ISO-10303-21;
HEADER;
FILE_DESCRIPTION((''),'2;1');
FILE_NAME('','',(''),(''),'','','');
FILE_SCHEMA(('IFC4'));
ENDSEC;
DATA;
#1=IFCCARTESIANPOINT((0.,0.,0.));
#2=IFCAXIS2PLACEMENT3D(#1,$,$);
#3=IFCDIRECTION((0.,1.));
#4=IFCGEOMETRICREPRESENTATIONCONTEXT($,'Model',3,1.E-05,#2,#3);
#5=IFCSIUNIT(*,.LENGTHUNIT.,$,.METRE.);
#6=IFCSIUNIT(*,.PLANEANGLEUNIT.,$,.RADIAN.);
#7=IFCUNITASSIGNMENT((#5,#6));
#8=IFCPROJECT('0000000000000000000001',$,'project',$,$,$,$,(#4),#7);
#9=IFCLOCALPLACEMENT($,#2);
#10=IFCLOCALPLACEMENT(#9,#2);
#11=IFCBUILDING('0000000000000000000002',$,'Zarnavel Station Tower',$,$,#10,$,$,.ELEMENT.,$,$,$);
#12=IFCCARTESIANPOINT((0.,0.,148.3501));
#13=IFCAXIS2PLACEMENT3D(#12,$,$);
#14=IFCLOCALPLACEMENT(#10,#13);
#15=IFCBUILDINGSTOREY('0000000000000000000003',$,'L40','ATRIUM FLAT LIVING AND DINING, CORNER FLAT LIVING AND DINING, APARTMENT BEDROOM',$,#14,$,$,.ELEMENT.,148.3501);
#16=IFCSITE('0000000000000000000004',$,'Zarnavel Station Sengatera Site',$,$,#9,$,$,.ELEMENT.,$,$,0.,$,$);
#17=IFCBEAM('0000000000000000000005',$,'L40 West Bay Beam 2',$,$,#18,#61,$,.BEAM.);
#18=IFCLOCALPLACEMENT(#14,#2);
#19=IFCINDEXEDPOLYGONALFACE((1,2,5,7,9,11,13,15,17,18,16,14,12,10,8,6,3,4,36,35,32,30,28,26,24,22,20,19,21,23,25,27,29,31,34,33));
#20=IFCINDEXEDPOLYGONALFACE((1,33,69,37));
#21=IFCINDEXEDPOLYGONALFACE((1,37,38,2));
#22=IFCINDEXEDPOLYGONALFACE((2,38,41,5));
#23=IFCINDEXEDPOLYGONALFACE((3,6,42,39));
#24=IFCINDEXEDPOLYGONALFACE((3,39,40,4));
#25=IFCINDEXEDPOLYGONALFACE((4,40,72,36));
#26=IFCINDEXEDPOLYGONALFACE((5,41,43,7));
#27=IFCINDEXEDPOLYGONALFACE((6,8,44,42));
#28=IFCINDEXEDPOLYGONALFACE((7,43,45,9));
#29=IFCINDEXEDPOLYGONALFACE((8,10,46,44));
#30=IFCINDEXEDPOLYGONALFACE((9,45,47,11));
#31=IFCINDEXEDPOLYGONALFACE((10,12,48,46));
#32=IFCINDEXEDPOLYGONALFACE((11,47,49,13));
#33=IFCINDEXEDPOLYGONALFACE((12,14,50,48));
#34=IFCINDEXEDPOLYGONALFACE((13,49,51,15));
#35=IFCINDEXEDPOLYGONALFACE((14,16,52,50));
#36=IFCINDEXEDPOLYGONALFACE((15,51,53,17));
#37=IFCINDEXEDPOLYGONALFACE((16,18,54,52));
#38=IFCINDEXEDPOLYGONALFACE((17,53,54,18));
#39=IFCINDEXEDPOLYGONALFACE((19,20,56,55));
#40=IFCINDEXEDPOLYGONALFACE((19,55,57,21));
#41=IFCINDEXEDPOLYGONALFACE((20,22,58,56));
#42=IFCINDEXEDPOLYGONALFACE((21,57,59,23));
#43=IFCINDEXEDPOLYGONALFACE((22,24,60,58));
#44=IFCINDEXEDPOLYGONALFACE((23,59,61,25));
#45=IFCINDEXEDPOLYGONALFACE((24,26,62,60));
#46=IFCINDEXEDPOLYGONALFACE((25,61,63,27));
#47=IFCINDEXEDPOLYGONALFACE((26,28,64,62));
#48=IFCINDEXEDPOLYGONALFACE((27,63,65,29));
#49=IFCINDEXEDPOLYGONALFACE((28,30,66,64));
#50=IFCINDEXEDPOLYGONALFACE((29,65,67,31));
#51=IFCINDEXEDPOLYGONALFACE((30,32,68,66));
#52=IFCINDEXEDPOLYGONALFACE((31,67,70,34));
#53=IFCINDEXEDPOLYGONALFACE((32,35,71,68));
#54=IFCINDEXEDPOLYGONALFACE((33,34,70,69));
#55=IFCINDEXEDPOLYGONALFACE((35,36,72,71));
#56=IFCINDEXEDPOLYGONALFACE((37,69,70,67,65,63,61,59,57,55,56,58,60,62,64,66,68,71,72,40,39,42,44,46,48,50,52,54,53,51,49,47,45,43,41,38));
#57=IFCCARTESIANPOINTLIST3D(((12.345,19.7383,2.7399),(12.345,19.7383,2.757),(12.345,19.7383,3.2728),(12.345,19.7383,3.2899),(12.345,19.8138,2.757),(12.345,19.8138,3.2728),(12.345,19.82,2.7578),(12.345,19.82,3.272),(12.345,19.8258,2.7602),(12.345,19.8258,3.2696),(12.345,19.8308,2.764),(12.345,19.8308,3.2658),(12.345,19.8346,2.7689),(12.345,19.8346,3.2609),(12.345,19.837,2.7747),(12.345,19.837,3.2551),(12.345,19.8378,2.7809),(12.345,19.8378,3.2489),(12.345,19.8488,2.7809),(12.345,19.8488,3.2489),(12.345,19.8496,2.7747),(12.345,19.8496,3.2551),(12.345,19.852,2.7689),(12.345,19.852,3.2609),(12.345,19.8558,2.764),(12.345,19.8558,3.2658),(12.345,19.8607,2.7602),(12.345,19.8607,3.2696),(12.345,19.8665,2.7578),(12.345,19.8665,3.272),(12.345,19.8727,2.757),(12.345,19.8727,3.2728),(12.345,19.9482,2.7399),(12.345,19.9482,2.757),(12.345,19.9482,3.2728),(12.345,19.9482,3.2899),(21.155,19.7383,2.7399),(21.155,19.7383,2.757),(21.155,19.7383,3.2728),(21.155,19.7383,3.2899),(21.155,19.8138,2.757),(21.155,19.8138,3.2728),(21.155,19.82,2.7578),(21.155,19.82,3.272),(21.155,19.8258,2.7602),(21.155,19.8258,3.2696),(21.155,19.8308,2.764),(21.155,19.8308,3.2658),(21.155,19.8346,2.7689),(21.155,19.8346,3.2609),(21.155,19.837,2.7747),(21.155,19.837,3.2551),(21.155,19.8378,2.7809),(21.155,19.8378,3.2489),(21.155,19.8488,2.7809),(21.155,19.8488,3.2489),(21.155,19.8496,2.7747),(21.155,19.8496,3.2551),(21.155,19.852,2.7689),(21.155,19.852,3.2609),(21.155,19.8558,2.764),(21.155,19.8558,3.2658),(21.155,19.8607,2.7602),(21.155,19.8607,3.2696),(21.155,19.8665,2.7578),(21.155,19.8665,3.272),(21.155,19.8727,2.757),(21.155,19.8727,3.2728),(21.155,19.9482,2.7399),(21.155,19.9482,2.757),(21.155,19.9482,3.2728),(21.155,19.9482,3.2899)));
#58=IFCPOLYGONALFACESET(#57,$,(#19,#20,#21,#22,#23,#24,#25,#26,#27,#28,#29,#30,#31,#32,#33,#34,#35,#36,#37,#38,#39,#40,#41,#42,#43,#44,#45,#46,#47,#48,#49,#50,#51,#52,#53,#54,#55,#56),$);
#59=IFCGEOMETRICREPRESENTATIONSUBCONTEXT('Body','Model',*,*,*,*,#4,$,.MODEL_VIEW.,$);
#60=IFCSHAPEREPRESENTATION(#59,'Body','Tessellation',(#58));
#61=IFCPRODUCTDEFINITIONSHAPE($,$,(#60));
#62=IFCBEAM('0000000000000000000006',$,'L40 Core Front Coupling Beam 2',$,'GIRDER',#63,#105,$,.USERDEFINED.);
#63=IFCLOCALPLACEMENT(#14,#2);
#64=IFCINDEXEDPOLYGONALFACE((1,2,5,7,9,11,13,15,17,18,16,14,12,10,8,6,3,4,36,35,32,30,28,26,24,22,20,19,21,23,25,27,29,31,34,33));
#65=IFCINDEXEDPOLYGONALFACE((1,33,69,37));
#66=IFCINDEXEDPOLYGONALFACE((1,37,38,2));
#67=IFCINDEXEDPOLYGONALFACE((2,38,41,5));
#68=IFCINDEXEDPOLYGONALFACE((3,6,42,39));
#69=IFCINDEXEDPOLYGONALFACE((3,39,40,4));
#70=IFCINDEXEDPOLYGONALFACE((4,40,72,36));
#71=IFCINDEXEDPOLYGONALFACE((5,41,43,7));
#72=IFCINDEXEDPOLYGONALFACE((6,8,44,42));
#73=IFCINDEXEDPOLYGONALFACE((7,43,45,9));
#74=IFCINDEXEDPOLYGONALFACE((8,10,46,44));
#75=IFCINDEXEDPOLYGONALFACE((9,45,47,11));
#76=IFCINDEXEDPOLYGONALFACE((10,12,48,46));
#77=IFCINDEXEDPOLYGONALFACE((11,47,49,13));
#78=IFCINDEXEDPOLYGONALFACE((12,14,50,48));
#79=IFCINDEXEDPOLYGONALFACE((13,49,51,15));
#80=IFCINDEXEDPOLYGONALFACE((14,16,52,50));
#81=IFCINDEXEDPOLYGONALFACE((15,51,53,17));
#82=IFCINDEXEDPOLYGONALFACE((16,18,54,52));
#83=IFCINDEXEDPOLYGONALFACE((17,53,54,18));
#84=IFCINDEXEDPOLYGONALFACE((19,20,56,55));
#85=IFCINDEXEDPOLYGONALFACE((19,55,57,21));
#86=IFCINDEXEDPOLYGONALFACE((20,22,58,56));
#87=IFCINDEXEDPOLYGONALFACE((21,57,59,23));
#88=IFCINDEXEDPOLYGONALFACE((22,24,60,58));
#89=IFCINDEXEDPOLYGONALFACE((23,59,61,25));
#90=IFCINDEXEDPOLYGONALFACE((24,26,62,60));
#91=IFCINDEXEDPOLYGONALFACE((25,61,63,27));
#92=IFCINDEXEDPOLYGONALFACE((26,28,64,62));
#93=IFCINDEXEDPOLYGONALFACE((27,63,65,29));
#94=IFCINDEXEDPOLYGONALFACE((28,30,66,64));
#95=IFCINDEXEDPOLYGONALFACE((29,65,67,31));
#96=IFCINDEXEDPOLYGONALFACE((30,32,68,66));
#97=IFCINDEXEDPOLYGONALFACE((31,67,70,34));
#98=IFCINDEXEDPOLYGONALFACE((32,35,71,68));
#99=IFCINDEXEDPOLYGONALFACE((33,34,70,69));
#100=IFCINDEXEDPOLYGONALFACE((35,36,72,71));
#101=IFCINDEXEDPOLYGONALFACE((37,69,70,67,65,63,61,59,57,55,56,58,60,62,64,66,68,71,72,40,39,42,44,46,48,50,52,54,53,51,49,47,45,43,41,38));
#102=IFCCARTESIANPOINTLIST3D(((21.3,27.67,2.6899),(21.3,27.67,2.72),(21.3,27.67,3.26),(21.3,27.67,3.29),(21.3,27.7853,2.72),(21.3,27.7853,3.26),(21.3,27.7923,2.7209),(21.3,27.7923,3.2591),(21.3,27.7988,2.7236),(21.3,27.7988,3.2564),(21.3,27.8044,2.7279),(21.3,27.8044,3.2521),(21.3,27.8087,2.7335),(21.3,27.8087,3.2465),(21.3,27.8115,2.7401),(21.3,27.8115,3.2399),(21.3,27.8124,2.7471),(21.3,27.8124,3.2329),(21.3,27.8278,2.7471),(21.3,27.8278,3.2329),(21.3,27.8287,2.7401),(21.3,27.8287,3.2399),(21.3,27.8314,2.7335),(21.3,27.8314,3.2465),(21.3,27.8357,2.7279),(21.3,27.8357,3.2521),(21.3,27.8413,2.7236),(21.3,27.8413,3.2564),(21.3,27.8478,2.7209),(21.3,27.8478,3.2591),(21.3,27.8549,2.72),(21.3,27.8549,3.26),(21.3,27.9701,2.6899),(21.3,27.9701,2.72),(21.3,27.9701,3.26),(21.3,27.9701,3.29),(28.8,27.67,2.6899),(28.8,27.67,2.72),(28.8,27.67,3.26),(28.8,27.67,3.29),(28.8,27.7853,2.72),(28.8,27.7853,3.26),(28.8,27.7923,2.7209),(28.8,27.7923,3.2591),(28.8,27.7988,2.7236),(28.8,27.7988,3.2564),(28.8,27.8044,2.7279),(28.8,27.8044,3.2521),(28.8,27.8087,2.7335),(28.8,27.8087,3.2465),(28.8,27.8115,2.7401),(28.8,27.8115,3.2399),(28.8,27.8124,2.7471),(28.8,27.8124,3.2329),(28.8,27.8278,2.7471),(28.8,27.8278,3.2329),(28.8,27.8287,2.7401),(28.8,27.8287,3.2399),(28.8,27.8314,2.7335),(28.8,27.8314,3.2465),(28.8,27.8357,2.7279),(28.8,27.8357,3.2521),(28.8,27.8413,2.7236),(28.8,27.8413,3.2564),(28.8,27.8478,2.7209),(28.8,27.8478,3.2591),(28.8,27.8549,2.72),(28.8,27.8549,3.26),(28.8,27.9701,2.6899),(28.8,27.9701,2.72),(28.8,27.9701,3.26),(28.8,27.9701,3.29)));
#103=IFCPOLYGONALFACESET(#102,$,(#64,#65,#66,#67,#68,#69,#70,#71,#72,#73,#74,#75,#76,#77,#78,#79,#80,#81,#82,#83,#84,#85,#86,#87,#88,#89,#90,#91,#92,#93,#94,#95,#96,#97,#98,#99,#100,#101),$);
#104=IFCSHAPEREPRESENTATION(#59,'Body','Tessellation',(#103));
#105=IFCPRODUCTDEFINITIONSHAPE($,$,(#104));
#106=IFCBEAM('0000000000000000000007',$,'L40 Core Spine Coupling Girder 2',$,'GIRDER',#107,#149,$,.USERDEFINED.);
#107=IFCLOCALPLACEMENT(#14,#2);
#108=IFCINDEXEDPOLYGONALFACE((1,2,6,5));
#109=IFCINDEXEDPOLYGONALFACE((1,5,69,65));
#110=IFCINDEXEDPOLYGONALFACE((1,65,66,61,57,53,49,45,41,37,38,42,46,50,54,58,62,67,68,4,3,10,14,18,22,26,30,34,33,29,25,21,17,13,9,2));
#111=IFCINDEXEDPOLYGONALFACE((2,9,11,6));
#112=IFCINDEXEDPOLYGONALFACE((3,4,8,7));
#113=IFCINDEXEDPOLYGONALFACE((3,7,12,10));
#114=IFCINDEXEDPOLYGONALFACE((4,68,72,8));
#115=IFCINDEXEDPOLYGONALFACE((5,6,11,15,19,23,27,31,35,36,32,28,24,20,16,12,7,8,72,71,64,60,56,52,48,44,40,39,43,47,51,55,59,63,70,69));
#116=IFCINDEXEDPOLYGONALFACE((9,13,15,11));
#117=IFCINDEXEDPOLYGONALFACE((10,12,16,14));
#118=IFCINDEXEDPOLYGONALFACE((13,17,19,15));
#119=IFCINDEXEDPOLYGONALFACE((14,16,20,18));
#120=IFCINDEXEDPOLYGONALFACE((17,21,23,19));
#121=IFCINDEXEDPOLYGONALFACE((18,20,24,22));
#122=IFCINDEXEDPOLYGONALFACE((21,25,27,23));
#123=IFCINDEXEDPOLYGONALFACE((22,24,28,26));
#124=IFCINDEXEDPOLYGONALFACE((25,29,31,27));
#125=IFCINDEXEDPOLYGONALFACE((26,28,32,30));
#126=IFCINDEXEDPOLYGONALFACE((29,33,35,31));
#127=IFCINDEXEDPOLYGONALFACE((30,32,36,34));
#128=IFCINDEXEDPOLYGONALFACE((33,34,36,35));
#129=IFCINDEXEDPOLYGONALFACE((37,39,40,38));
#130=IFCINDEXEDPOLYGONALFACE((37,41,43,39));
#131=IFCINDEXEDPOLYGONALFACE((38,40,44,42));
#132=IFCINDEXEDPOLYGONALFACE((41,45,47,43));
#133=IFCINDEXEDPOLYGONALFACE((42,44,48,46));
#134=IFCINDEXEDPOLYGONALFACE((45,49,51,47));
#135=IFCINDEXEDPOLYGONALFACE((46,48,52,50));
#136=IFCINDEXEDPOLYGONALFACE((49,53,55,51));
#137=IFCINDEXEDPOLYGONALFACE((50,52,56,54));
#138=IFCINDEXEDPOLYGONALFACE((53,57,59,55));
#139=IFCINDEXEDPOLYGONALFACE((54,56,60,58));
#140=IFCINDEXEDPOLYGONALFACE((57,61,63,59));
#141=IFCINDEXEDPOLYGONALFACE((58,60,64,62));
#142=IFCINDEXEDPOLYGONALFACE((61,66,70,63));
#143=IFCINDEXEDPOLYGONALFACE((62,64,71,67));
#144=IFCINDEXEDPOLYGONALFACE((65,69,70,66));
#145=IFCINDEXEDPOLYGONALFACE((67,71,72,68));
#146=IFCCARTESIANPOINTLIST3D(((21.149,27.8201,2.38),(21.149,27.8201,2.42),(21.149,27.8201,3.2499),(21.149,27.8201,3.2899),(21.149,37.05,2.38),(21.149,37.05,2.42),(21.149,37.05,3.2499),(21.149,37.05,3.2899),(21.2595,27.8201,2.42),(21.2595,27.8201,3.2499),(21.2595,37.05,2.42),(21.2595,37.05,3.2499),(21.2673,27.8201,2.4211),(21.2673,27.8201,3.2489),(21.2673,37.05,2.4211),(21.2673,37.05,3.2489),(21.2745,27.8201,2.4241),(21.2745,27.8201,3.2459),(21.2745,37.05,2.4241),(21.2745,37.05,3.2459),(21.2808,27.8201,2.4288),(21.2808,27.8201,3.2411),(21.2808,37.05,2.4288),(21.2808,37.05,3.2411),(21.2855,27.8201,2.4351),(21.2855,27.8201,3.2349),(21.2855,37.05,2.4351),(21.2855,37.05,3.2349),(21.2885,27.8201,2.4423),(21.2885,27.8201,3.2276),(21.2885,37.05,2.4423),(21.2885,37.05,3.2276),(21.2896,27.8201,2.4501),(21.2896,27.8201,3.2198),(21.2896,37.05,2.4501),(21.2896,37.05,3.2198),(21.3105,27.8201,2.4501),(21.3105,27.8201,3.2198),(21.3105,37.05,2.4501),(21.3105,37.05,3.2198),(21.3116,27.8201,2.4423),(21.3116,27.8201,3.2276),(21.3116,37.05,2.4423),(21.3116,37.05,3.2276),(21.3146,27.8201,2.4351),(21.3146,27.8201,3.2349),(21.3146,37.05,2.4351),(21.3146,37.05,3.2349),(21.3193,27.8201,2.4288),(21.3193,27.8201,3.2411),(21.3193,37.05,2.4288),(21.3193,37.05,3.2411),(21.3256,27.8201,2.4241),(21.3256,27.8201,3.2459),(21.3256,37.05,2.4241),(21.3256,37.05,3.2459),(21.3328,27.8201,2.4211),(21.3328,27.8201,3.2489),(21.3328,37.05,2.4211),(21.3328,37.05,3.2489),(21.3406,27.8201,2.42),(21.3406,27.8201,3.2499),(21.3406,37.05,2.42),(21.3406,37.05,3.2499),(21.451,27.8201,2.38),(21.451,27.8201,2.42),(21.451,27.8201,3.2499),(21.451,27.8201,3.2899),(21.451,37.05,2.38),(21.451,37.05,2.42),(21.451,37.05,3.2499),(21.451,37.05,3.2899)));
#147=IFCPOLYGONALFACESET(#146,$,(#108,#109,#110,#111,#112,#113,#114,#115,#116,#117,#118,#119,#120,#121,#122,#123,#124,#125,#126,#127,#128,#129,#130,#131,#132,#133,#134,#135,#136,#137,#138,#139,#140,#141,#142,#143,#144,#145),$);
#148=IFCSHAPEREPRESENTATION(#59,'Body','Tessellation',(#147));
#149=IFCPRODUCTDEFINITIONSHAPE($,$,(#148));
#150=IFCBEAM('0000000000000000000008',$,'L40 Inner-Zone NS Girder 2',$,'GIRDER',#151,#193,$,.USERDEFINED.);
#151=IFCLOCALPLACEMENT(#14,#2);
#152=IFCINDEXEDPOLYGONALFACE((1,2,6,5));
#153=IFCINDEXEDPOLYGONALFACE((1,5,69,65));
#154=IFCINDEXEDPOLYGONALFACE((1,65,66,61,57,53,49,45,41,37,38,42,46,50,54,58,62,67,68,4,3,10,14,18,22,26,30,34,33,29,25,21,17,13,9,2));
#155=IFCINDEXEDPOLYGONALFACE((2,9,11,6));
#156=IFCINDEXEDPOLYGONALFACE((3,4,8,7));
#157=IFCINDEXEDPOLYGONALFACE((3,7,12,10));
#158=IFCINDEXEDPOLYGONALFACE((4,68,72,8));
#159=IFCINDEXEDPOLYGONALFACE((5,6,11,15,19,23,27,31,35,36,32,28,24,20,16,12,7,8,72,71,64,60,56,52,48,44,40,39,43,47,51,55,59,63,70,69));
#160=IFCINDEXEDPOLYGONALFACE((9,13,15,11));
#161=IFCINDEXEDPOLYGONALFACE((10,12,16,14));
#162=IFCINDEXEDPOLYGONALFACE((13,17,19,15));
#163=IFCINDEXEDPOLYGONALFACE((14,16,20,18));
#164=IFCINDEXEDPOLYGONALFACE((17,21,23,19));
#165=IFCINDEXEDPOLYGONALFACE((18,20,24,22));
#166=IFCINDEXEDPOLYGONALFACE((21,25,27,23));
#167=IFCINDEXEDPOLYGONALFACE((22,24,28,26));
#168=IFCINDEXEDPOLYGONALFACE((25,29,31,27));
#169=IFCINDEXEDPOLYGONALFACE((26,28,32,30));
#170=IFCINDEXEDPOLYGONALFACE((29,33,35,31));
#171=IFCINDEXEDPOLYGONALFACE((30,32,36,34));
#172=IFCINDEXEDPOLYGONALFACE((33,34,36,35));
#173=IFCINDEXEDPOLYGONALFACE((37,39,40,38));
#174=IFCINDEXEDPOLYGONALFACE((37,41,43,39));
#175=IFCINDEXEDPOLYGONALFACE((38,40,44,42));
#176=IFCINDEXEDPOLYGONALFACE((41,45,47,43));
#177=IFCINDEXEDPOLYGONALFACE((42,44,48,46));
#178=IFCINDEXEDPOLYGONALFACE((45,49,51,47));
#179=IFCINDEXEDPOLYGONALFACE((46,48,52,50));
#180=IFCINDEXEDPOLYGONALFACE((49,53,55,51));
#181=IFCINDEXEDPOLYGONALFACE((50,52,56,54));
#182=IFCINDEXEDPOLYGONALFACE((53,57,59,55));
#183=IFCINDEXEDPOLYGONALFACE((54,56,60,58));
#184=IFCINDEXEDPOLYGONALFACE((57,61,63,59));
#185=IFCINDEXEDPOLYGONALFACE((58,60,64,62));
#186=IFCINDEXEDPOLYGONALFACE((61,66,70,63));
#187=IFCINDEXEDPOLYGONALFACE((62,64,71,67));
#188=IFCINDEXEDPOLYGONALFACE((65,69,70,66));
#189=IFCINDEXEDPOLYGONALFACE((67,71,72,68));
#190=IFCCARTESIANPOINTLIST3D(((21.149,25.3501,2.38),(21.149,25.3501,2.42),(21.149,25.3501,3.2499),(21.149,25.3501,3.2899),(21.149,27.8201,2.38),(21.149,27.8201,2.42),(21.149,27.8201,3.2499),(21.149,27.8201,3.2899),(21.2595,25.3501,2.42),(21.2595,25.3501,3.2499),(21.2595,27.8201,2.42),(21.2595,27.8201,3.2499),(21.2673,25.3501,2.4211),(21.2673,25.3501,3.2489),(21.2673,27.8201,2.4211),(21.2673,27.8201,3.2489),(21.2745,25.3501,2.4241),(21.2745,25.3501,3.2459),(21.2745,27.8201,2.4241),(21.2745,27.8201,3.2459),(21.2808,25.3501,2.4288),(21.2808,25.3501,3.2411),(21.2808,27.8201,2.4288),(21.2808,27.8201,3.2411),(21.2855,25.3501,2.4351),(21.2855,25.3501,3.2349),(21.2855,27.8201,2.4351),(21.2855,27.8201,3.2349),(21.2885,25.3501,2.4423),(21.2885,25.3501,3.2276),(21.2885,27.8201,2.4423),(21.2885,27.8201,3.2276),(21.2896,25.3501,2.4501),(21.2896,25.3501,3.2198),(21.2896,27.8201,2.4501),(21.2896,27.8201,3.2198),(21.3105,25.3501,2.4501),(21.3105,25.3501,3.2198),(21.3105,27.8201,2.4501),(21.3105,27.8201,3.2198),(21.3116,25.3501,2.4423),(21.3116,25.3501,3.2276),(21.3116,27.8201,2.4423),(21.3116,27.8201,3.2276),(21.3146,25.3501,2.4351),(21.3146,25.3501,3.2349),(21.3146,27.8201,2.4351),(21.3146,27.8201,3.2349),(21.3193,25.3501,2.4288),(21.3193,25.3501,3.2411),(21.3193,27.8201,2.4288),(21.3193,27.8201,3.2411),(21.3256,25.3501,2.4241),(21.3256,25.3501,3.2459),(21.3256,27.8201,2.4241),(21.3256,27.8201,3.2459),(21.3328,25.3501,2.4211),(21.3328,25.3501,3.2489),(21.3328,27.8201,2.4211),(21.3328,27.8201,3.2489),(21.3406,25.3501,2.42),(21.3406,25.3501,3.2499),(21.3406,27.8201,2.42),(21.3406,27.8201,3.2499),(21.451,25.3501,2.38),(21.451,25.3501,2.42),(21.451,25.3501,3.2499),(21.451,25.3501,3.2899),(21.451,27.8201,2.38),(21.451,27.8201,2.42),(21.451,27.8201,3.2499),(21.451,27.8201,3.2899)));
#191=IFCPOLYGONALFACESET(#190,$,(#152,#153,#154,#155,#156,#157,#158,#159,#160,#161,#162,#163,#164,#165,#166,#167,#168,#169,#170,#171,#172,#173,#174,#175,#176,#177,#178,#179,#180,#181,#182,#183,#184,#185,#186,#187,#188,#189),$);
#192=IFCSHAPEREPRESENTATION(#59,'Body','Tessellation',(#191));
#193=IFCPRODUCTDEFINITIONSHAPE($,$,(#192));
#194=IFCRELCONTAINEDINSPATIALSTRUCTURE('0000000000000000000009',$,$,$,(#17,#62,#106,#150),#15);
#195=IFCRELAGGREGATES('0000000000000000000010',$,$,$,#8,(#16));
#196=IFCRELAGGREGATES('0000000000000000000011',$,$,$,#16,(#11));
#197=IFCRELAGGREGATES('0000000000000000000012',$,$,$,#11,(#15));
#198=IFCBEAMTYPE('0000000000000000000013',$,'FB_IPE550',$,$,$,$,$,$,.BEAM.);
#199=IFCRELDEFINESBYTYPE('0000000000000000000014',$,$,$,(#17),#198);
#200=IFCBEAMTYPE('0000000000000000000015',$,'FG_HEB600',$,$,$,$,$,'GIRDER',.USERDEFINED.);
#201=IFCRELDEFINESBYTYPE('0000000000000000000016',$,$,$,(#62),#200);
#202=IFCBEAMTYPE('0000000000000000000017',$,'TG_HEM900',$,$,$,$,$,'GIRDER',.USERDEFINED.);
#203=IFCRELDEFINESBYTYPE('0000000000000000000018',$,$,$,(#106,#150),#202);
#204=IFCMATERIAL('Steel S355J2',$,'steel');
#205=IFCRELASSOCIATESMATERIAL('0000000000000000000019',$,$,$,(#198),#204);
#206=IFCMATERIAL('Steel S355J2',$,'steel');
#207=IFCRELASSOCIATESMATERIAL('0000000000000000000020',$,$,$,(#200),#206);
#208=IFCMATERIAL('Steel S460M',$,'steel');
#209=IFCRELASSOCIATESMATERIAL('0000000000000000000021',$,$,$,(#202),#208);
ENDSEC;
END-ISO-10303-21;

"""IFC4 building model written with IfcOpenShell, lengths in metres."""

from ifc_helpers import new_model, si_unit, direction, frame, origin, origin_2d, place, context, subcontext, project, spatial, i_section, extrude, material, material_profile, profile_set, type_object, element, save


model = new_model("IFC4")

# Units and contexts
model_context = context("Model", 3, precision=1e-05, world=origin(), true_north=direction((0.0, 1.0)))
body_context = subcontext(model_context, "Body", "Model", "MODEL_VIEW")
ifc_project = project(units=[si_unit("LENGTHUNIT", "METRE"), si_unit("PLANEANGLEUNIT", "RADIAN")], contexts=[model_context])

# Site, building, storey
site_placement = place(None, origin())
site = spatial("IfcSite", under=ifc_project, at=site_placement, Name="Zarnavel Station Sengatera Site", CompositionType="ELEMENT", RefElevation=0.0)
building_placement = place(site_placement, origin())
building = spatial("IfcBuilding", under=site, at=building_placement, Name="Zarnavel Station Tower", CompositionType="ELEMENT")
storey_placement = place(building_placement, frame((0.0, 0.0, 148.3501)))
storey = spatial("IfcBuildingStorey", under=building, at=storey_placement, Name="L40", Description="ATRIUM FLAT LIVING AND DINING, CORNER FLAT LIVING AND DINING, APARTMENT BEDROOM", CompositionType="ELEMENT", Elevation=148.3501)

# Beams
ifc_material_1 = material(Name="Steel S355J2", Category="steel")
ifc_material_profile_1 = material_profile(ifc_material_1, i_section(OverallWidth=0.21, OverallDepth=0.55, WebThickness=0.011, FlangeThickness=0.0171, FilletRadius=0.0239, at=origin_2d()), Name="IPE550")
ifc_profile_set_1 = profile_set([ifc_material_profile_1], Name="Steel S355J2")
beam_type_1 = type_object("IfcBeamType", Name="FB_IPE550", PredefinedType="BEAM", material=ifc_profile_set_1)
beam_1_placement = place(storey_placement, frame((12.345, 19.8433, 3.0149), z_axis=(1.0, 0.0, 0.0), x_axis=(0.0, 1.0, 0.0)))
element("IfcBeam", 1, at=beam_1_placement, inside=storey, type_object=beam_type_1, Name="L40 West Bay Beam 2", PredefinedType="BEAM", context=body_context, shape_type="SweptSolid", body=[
    extrude(i_section(OverallWidth=0.21, OverallDepth=0.55, WebThickness=0.011, FlangeThickness=0.0171, FilletRadius=0.0239, at=origin_2d()), origin(), (0.0, 0.0, 1.0), 8.8101),
])
ifc_material_2 = material(Name="Steel S355J2", Category="steel")
ifc_material_profile_2 = material_profile(ifc_material_2, i_section(OverallWidth=0.3, OverallDepth=0.6001, WebThickness=0.0154, FlangeThickness=0.03, FilletRadius=0.0271, at=origin_2d()), Name="HEB600")
ifc_profile_set_2 = profile_set([ifc_material_profile_2], Name="Steel S355J2")
beam_type_2 = type_object("IfcBeamType", Name="FG_HEB600", ElementType="GIRDER", PredefinedType="USERDEFINED", material=ifc_profile_set_2)
beam_2_placement = place(storey_placement, frame((21.3, 27.8201, 2.99), z_axis=(1.0, 0.0, 0.0), x_axis=(0.0, 1.0, 0.0)))
element("IfcBeam", 2, at=beam_2_placement, inside=storey, type_object=beam_type_2, Name="L40 Core Front Coupling Beam 2", ObjectType="GIRDER", PredefinedType="USERDEFINED", context=body_context, shape_type="SweptSolid", body=[
    extrude(i_section(OverallWidth=0.3, OverallDepth=0.6001, WebThickness=0.0154, FlangeThickness=0.03, FilletRadius=0.0271, at=origin_2d()), origin(), (0.0, 0.0, 1.0), 7.5),
])
ifc_material_3 = material(Name="Steel S460M", Category="steel")
ifc_material_profile_3 = material_profile(ifc_material_3, i_section(OverallWidth=0.302, OverallDepth=0.9099, WebThickness=0.021, FlangeThickness=0.04, FilletRadius=0.03, at=origin_2d()), Name="HEM900")
ifc_profile_set_3 = profile_set([ifc_material_profile_3], Name="Steel S460M")
beam_type_3 = type_object("IfcBeamType", Name="TG_HEM900", ElementType="GIRDER", PredefinedType="USERDEFINED", material=ifc_profile_set_3)
beam_3_placement = place(storey_placement, frame((21.3, 27.8201, 2.835), z_axis=(0.0, 1.0, 0.0), x_axis=(-1.0, 0.0, 0.0)))
element("IfcBeam", 3, at=beam_3_placement, inside=storey, type_object=beam_type_3, Name="L40 Core Spine Coupling Girder 2", ObjectType="GIRDER", PredefinedType="USERDEFINED", context=body_context, shape_type="SweptSolid", body=[
    extrude(i_section(OverallWidth=0.302, OverallDepth=0.9099, WebThickness=0.021, FlangeThickness=0.04, FilletRadius=0.03, at=origin_2d()), origin(), (0.0, 0.0, 1.0), 9.23),
])
beam_4_placement = place(storey_placement, frame((21.3, 25.3501, 2.835), z_axis=(0.0, 1.0, 0.0), x_axis=(-1.0, 0.0, 0.0)))
element("IfcBeam", 4, at=beam_4_placement, inside=storey, type_object=beam_type_3, Name="L40 Inner-Zone NS Girder 2", ObjectType="GIRDER", PredefinedType="USERDEFINED", context=body_context, shape_type="SweptSolid", body=[
    extrude(i_section(OverallWidth=0.302, OverallDepth=0.9099, WebThickness=0.021, FlangeThickness=0.04, FilletRadius=0.03, at=origin_2d()), origin(), (0.0, 0.0, 1.0), 2.47),
])

save(model, "model.ifc")
